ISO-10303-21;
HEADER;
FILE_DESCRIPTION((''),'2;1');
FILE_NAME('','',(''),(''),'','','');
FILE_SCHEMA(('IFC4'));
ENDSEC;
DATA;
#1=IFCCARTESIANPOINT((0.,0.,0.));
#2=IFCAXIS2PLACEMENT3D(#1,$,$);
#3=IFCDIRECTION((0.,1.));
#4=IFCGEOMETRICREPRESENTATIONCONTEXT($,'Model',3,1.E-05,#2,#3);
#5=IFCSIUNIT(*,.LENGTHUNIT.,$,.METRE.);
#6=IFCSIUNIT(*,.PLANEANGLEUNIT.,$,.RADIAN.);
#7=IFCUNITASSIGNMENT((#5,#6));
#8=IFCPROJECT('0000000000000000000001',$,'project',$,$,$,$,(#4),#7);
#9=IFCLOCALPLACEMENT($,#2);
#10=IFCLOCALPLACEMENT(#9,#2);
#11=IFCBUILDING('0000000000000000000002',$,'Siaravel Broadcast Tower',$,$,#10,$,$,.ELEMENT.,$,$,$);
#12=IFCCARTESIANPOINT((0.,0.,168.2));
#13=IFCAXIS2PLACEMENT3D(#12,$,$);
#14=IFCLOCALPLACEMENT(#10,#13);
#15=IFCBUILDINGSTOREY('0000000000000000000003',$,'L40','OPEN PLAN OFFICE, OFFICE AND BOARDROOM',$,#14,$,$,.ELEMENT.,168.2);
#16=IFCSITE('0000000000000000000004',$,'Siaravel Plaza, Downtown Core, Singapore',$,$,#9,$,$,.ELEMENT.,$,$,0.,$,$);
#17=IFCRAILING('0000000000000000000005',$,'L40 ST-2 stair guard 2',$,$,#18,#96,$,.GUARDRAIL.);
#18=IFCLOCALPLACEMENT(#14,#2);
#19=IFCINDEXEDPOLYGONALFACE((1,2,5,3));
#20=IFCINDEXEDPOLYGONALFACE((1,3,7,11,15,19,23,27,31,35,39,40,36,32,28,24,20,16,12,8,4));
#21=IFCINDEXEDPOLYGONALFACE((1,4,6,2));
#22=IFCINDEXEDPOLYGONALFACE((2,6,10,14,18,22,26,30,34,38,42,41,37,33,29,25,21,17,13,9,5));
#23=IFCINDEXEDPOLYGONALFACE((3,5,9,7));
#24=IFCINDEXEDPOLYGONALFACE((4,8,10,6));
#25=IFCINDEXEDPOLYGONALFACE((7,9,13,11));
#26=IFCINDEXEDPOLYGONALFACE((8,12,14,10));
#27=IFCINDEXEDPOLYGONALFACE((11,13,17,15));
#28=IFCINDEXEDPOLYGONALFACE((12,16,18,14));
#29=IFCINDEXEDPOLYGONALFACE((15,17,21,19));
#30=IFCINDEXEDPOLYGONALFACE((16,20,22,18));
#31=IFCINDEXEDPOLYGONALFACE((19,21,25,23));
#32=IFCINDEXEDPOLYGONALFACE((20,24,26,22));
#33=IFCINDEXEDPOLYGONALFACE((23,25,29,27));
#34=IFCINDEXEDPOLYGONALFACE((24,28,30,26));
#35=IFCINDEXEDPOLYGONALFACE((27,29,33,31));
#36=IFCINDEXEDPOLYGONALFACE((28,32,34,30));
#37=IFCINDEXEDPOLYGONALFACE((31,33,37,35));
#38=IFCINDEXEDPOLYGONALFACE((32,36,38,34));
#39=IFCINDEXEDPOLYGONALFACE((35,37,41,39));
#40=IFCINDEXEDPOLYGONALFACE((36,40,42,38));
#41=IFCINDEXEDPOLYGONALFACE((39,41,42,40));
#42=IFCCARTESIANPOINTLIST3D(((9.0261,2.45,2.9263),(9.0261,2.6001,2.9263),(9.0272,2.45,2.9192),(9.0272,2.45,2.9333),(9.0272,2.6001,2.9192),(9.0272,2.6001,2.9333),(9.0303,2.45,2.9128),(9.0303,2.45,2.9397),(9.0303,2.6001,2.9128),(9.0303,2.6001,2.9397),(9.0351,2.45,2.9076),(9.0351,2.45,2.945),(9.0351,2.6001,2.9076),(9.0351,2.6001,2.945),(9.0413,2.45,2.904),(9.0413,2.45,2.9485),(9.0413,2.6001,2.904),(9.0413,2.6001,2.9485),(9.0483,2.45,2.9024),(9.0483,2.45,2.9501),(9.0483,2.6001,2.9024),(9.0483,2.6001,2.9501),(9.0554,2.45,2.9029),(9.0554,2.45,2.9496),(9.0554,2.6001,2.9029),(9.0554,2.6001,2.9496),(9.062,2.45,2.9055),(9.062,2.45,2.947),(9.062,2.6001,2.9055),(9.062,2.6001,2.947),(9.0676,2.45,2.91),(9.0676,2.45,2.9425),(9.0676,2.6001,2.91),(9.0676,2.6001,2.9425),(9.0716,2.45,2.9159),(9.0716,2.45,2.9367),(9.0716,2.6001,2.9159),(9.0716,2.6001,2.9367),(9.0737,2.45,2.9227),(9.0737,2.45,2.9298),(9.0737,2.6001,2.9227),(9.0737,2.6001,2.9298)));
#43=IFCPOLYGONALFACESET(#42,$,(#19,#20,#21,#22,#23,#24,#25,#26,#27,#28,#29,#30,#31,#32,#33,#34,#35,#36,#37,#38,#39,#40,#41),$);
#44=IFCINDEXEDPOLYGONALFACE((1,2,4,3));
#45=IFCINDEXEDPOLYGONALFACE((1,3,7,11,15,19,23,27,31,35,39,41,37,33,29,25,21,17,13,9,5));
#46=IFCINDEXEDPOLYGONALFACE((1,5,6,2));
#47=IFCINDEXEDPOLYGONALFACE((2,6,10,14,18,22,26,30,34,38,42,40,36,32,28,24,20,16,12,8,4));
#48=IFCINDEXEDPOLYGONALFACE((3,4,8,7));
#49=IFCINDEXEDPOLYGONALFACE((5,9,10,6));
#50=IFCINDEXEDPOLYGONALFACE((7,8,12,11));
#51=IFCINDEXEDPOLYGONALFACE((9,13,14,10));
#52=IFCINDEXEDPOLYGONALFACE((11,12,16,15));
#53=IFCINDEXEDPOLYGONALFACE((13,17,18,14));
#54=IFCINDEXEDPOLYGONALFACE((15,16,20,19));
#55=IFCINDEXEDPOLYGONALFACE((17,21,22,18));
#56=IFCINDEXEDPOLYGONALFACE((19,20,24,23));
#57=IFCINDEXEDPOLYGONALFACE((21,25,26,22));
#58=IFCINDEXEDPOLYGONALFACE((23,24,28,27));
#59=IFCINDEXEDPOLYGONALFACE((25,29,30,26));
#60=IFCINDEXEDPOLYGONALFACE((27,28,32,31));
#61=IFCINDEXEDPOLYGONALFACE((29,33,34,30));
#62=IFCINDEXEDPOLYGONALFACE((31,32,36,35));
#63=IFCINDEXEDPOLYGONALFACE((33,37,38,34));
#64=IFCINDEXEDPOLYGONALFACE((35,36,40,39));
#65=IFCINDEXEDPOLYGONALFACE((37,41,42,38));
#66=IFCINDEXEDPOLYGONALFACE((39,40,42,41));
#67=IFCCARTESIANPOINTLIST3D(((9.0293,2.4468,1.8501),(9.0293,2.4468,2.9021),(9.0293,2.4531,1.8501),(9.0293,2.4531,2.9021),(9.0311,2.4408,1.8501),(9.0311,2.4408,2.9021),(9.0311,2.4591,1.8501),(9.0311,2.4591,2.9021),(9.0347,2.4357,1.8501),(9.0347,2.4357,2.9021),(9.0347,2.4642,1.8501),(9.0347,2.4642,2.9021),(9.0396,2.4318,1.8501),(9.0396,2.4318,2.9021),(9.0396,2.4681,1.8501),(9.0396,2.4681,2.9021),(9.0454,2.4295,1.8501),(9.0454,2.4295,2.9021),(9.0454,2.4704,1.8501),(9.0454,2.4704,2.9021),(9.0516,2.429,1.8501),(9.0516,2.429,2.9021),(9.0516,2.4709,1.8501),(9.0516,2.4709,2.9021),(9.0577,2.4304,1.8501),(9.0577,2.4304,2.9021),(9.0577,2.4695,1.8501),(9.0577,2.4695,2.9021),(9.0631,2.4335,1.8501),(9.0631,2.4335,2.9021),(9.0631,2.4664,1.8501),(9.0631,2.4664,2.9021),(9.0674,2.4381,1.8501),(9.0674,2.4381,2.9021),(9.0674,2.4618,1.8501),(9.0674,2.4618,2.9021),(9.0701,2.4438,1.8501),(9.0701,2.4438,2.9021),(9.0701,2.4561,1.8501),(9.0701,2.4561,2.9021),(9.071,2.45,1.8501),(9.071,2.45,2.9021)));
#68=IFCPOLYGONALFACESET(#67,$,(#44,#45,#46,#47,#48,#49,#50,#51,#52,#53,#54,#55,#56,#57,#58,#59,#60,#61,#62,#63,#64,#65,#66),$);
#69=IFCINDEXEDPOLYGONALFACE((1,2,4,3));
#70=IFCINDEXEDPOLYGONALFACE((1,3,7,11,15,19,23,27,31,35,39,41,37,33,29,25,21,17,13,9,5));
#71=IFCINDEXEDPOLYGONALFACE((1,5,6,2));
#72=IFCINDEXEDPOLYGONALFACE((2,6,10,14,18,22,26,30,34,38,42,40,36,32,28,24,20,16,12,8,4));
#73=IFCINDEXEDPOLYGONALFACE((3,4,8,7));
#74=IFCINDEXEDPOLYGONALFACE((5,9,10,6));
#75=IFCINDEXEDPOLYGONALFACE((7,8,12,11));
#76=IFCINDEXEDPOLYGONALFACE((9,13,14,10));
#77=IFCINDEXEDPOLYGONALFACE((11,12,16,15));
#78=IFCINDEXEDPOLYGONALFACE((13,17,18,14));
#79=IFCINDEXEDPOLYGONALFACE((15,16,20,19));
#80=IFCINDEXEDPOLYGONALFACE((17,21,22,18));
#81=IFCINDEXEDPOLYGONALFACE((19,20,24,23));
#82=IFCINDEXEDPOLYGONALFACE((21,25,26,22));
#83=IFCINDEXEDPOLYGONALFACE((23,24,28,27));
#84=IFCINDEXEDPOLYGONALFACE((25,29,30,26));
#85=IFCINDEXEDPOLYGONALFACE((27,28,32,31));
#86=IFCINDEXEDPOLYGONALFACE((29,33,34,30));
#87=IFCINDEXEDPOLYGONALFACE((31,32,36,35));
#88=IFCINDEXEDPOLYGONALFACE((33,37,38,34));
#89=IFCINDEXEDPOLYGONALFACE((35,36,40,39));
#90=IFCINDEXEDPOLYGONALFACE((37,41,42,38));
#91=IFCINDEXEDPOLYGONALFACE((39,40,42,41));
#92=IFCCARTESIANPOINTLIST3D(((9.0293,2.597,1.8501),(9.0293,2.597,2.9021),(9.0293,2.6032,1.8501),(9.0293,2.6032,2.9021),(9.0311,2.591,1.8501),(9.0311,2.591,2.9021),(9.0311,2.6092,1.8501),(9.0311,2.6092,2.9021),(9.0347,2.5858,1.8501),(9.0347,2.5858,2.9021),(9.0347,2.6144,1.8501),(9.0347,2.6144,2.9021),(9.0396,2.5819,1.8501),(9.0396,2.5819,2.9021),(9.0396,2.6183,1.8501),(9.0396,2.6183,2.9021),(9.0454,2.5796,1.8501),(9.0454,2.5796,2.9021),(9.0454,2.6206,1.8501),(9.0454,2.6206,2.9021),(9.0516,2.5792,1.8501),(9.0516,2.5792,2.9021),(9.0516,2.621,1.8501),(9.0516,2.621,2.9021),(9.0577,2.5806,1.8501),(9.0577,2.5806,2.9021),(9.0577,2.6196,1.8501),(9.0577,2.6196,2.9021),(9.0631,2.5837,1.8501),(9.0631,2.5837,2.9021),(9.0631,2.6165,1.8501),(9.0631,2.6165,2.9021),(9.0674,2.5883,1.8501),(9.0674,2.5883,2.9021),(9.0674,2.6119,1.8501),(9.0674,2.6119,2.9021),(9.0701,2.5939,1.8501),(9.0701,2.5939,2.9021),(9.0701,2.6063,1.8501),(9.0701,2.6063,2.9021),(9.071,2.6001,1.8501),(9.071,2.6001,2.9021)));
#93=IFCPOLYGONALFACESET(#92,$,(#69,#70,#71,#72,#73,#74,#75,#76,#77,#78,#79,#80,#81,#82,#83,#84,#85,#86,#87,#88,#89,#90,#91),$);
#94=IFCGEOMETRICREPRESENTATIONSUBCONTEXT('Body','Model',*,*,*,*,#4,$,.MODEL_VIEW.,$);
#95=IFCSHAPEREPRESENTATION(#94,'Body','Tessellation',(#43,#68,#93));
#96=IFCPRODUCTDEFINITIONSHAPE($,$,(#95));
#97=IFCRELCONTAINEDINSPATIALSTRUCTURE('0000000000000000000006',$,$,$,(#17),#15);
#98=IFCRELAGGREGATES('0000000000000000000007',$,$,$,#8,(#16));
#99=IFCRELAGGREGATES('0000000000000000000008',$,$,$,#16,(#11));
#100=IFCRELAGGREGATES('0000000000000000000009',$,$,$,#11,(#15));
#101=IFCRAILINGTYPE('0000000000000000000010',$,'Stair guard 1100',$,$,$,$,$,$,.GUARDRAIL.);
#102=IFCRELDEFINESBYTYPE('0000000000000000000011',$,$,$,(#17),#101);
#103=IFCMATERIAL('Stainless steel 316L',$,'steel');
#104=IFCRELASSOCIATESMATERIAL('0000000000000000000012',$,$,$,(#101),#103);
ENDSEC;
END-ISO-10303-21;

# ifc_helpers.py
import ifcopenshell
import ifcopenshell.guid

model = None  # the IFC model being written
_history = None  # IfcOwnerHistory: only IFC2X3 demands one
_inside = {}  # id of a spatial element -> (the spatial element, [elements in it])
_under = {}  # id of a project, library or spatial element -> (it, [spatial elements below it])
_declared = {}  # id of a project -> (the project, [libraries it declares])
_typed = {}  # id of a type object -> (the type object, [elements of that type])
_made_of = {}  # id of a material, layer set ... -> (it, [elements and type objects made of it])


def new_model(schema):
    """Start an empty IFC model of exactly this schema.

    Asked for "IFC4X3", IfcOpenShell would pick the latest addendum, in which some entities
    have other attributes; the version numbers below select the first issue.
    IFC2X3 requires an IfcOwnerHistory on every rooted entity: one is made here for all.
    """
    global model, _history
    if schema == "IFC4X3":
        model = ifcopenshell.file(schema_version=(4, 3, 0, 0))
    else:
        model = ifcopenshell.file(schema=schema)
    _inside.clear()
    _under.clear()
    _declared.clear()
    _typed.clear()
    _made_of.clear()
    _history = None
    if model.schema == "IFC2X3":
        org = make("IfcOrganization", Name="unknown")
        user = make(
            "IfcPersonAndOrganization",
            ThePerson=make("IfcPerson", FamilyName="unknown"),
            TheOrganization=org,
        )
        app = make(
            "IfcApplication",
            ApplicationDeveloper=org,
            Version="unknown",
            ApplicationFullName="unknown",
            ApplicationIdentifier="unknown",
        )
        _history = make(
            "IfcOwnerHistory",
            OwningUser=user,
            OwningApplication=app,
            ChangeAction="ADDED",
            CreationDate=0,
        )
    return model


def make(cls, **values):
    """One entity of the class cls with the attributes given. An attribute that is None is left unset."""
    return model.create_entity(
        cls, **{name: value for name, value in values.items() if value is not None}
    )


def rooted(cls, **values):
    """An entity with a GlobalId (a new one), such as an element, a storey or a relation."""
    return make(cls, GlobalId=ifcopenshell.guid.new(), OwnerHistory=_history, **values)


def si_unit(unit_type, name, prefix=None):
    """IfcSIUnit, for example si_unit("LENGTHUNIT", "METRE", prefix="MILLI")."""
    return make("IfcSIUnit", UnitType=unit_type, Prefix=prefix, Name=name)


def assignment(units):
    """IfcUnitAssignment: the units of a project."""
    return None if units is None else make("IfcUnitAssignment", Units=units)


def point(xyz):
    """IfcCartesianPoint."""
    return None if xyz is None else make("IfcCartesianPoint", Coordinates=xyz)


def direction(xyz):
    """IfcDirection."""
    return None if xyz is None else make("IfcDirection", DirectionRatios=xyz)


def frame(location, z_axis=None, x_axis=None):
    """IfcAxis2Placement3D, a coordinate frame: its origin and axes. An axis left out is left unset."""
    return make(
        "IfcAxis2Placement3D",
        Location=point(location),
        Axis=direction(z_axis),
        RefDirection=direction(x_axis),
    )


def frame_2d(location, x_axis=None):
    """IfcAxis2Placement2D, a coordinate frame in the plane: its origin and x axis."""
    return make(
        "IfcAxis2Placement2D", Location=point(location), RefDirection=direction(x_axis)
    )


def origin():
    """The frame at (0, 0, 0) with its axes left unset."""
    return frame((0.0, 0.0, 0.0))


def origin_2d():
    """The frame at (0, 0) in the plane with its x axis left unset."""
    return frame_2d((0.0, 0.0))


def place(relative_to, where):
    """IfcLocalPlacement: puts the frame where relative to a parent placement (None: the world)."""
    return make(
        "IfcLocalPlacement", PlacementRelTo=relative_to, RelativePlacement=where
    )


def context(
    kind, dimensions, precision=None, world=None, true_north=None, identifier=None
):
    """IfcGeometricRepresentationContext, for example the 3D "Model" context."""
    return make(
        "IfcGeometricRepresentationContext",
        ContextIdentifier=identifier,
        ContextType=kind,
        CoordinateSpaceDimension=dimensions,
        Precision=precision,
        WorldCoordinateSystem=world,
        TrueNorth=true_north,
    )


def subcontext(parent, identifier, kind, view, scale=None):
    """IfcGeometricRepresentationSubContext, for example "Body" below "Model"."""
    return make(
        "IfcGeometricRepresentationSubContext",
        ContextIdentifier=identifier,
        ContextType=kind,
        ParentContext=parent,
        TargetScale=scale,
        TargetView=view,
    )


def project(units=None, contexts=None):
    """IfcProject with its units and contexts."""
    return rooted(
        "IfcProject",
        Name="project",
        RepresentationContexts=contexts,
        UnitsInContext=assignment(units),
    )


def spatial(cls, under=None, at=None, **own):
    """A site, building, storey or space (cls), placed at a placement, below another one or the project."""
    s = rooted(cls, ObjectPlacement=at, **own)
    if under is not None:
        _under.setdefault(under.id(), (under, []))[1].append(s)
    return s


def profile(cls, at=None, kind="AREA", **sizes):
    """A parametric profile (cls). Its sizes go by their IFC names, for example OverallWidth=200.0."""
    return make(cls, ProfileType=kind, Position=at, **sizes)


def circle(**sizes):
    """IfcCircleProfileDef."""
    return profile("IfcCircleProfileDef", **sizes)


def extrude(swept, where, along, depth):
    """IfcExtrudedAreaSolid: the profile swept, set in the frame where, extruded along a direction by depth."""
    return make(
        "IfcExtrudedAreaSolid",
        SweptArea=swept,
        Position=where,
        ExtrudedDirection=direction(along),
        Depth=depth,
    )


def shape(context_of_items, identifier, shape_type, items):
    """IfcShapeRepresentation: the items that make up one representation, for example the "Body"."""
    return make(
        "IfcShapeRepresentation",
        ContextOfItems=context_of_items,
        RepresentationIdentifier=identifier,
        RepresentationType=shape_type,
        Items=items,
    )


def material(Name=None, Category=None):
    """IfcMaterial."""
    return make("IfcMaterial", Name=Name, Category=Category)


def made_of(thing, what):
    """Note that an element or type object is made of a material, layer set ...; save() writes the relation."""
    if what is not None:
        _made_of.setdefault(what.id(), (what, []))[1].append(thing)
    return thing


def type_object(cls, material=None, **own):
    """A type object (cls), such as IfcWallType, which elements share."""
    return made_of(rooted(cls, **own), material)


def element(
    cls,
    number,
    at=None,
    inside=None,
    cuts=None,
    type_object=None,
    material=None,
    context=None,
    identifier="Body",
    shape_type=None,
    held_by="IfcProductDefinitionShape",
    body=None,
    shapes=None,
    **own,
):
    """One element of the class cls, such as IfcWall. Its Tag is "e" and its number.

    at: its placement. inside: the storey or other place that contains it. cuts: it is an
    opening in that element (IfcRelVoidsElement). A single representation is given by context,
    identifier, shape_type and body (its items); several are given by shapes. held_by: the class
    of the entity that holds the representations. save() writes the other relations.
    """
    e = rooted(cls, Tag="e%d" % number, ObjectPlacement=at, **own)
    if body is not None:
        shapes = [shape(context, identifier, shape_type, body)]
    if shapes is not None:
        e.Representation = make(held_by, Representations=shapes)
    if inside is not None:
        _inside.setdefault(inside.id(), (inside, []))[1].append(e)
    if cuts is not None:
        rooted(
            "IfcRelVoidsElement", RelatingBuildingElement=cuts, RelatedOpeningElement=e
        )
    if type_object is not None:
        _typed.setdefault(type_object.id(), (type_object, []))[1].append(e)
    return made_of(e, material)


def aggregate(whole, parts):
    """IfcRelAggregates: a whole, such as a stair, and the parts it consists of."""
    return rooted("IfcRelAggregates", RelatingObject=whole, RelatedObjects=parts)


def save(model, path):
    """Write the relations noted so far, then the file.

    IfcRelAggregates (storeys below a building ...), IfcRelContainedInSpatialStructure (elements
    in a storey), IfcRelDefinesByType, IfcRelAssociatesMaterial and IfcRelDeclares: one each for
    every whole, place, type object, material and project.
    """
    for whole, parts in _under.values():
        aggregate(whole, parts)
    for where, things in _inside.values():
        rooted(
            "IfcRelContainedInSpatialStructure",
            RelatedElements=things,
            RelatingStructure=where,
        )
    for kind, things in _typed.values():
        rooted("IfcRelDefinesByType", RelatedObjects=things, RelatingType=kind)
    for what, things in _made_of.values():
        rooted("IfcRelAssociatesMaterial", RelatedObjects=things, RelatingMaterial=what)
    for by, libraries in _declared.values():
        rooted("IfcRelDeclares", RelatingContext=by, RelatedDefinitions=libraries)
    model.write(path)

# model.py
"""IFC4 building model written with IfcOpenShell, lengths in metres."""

from ifc_helpers import new_model, si_unit, direction, frame, origin, origin_2d, place, context, subcontext, project, spatial, circle, extrude, material, type_object, element, save


model = new_model("IFC4")

# Units and contexts
model_context = context("Model", 3, precision=1e-05, world=origin(), true_north=direction((0.0, 1.0)))
body_context = subcontext(model_context, "Body", "Model", "MODEL_VIEW")
ifc_project = project(units=[si_unit("LENGTHUNIT", "METRE"), si_unit("PLANEANGLEUNIT", "RADIAN")], contexts=[model_context])

# Site, building, storey
site_placement = place(None, origin())
site = spatial("IfcSite", under=ifc_project, at=site_placement, Name="Siaravel Plaza, Downtown Core, Singapore", CompositionType="ELEMENT", RefElevation=0.0)
building_placement = place(site_placement, origin())
building = spatial("IfcBuilding", under=site, at=building_placement, Name="Siaravel Broadcast Tower", CompositionType="ELEMENT")
storey_placement = place(building_placement, frame((0.0, 0.0, 168.2)))
storey = spatial("IfcBuildingStorey", under=building, at=storey_placement, Name="L40", Description="OPEN PLAN OFFICE, OFFICE AND BOARDROOM", CompositionType="ELEMENT", Elevation=168.2)

# Railing
ifc_material_1 = material(Name="Stainless steel 316L", Category="steel")
railing_type_1 = type_object("IfcRailingType", Name="Stair guard 1100", PredefinedType="GUARDRAIL", material=ifc_material_1)
railing_1_placement = place(storey_placement, frame((9.05, 2.45, 1.8501)))
element("IfcRailing", 1, at=railing_1_placement, inside=storey, type_object=railing_type_1, Name="L40 ST-2 stair guard 2", PredefinedType="GUARDRAIL", context=body_context, shape_type="SweptSolid", body=[
    extrude(circle(Radius=0.0239, at=origin_2d()), frame((0.0, 0.0, 1.0762), z_axis=(0.0, 1.0, 0.0), x_axis=(-1.0, 0.0, 0.0)), (0.0, 0.0, 1.0), 0.1501),
    extrude(circle(Radius=0.021, at=origin_2d()), origin(), (0.0, 0.0, 1.0), 1.052),
    extrude(circle(Radius=0.021, at=origin_2d()), frame((0.0, 0.1501, 0.0)), (0.0, 0.0, 1.0), 1.052),
])

save(model, "model.ifc")
